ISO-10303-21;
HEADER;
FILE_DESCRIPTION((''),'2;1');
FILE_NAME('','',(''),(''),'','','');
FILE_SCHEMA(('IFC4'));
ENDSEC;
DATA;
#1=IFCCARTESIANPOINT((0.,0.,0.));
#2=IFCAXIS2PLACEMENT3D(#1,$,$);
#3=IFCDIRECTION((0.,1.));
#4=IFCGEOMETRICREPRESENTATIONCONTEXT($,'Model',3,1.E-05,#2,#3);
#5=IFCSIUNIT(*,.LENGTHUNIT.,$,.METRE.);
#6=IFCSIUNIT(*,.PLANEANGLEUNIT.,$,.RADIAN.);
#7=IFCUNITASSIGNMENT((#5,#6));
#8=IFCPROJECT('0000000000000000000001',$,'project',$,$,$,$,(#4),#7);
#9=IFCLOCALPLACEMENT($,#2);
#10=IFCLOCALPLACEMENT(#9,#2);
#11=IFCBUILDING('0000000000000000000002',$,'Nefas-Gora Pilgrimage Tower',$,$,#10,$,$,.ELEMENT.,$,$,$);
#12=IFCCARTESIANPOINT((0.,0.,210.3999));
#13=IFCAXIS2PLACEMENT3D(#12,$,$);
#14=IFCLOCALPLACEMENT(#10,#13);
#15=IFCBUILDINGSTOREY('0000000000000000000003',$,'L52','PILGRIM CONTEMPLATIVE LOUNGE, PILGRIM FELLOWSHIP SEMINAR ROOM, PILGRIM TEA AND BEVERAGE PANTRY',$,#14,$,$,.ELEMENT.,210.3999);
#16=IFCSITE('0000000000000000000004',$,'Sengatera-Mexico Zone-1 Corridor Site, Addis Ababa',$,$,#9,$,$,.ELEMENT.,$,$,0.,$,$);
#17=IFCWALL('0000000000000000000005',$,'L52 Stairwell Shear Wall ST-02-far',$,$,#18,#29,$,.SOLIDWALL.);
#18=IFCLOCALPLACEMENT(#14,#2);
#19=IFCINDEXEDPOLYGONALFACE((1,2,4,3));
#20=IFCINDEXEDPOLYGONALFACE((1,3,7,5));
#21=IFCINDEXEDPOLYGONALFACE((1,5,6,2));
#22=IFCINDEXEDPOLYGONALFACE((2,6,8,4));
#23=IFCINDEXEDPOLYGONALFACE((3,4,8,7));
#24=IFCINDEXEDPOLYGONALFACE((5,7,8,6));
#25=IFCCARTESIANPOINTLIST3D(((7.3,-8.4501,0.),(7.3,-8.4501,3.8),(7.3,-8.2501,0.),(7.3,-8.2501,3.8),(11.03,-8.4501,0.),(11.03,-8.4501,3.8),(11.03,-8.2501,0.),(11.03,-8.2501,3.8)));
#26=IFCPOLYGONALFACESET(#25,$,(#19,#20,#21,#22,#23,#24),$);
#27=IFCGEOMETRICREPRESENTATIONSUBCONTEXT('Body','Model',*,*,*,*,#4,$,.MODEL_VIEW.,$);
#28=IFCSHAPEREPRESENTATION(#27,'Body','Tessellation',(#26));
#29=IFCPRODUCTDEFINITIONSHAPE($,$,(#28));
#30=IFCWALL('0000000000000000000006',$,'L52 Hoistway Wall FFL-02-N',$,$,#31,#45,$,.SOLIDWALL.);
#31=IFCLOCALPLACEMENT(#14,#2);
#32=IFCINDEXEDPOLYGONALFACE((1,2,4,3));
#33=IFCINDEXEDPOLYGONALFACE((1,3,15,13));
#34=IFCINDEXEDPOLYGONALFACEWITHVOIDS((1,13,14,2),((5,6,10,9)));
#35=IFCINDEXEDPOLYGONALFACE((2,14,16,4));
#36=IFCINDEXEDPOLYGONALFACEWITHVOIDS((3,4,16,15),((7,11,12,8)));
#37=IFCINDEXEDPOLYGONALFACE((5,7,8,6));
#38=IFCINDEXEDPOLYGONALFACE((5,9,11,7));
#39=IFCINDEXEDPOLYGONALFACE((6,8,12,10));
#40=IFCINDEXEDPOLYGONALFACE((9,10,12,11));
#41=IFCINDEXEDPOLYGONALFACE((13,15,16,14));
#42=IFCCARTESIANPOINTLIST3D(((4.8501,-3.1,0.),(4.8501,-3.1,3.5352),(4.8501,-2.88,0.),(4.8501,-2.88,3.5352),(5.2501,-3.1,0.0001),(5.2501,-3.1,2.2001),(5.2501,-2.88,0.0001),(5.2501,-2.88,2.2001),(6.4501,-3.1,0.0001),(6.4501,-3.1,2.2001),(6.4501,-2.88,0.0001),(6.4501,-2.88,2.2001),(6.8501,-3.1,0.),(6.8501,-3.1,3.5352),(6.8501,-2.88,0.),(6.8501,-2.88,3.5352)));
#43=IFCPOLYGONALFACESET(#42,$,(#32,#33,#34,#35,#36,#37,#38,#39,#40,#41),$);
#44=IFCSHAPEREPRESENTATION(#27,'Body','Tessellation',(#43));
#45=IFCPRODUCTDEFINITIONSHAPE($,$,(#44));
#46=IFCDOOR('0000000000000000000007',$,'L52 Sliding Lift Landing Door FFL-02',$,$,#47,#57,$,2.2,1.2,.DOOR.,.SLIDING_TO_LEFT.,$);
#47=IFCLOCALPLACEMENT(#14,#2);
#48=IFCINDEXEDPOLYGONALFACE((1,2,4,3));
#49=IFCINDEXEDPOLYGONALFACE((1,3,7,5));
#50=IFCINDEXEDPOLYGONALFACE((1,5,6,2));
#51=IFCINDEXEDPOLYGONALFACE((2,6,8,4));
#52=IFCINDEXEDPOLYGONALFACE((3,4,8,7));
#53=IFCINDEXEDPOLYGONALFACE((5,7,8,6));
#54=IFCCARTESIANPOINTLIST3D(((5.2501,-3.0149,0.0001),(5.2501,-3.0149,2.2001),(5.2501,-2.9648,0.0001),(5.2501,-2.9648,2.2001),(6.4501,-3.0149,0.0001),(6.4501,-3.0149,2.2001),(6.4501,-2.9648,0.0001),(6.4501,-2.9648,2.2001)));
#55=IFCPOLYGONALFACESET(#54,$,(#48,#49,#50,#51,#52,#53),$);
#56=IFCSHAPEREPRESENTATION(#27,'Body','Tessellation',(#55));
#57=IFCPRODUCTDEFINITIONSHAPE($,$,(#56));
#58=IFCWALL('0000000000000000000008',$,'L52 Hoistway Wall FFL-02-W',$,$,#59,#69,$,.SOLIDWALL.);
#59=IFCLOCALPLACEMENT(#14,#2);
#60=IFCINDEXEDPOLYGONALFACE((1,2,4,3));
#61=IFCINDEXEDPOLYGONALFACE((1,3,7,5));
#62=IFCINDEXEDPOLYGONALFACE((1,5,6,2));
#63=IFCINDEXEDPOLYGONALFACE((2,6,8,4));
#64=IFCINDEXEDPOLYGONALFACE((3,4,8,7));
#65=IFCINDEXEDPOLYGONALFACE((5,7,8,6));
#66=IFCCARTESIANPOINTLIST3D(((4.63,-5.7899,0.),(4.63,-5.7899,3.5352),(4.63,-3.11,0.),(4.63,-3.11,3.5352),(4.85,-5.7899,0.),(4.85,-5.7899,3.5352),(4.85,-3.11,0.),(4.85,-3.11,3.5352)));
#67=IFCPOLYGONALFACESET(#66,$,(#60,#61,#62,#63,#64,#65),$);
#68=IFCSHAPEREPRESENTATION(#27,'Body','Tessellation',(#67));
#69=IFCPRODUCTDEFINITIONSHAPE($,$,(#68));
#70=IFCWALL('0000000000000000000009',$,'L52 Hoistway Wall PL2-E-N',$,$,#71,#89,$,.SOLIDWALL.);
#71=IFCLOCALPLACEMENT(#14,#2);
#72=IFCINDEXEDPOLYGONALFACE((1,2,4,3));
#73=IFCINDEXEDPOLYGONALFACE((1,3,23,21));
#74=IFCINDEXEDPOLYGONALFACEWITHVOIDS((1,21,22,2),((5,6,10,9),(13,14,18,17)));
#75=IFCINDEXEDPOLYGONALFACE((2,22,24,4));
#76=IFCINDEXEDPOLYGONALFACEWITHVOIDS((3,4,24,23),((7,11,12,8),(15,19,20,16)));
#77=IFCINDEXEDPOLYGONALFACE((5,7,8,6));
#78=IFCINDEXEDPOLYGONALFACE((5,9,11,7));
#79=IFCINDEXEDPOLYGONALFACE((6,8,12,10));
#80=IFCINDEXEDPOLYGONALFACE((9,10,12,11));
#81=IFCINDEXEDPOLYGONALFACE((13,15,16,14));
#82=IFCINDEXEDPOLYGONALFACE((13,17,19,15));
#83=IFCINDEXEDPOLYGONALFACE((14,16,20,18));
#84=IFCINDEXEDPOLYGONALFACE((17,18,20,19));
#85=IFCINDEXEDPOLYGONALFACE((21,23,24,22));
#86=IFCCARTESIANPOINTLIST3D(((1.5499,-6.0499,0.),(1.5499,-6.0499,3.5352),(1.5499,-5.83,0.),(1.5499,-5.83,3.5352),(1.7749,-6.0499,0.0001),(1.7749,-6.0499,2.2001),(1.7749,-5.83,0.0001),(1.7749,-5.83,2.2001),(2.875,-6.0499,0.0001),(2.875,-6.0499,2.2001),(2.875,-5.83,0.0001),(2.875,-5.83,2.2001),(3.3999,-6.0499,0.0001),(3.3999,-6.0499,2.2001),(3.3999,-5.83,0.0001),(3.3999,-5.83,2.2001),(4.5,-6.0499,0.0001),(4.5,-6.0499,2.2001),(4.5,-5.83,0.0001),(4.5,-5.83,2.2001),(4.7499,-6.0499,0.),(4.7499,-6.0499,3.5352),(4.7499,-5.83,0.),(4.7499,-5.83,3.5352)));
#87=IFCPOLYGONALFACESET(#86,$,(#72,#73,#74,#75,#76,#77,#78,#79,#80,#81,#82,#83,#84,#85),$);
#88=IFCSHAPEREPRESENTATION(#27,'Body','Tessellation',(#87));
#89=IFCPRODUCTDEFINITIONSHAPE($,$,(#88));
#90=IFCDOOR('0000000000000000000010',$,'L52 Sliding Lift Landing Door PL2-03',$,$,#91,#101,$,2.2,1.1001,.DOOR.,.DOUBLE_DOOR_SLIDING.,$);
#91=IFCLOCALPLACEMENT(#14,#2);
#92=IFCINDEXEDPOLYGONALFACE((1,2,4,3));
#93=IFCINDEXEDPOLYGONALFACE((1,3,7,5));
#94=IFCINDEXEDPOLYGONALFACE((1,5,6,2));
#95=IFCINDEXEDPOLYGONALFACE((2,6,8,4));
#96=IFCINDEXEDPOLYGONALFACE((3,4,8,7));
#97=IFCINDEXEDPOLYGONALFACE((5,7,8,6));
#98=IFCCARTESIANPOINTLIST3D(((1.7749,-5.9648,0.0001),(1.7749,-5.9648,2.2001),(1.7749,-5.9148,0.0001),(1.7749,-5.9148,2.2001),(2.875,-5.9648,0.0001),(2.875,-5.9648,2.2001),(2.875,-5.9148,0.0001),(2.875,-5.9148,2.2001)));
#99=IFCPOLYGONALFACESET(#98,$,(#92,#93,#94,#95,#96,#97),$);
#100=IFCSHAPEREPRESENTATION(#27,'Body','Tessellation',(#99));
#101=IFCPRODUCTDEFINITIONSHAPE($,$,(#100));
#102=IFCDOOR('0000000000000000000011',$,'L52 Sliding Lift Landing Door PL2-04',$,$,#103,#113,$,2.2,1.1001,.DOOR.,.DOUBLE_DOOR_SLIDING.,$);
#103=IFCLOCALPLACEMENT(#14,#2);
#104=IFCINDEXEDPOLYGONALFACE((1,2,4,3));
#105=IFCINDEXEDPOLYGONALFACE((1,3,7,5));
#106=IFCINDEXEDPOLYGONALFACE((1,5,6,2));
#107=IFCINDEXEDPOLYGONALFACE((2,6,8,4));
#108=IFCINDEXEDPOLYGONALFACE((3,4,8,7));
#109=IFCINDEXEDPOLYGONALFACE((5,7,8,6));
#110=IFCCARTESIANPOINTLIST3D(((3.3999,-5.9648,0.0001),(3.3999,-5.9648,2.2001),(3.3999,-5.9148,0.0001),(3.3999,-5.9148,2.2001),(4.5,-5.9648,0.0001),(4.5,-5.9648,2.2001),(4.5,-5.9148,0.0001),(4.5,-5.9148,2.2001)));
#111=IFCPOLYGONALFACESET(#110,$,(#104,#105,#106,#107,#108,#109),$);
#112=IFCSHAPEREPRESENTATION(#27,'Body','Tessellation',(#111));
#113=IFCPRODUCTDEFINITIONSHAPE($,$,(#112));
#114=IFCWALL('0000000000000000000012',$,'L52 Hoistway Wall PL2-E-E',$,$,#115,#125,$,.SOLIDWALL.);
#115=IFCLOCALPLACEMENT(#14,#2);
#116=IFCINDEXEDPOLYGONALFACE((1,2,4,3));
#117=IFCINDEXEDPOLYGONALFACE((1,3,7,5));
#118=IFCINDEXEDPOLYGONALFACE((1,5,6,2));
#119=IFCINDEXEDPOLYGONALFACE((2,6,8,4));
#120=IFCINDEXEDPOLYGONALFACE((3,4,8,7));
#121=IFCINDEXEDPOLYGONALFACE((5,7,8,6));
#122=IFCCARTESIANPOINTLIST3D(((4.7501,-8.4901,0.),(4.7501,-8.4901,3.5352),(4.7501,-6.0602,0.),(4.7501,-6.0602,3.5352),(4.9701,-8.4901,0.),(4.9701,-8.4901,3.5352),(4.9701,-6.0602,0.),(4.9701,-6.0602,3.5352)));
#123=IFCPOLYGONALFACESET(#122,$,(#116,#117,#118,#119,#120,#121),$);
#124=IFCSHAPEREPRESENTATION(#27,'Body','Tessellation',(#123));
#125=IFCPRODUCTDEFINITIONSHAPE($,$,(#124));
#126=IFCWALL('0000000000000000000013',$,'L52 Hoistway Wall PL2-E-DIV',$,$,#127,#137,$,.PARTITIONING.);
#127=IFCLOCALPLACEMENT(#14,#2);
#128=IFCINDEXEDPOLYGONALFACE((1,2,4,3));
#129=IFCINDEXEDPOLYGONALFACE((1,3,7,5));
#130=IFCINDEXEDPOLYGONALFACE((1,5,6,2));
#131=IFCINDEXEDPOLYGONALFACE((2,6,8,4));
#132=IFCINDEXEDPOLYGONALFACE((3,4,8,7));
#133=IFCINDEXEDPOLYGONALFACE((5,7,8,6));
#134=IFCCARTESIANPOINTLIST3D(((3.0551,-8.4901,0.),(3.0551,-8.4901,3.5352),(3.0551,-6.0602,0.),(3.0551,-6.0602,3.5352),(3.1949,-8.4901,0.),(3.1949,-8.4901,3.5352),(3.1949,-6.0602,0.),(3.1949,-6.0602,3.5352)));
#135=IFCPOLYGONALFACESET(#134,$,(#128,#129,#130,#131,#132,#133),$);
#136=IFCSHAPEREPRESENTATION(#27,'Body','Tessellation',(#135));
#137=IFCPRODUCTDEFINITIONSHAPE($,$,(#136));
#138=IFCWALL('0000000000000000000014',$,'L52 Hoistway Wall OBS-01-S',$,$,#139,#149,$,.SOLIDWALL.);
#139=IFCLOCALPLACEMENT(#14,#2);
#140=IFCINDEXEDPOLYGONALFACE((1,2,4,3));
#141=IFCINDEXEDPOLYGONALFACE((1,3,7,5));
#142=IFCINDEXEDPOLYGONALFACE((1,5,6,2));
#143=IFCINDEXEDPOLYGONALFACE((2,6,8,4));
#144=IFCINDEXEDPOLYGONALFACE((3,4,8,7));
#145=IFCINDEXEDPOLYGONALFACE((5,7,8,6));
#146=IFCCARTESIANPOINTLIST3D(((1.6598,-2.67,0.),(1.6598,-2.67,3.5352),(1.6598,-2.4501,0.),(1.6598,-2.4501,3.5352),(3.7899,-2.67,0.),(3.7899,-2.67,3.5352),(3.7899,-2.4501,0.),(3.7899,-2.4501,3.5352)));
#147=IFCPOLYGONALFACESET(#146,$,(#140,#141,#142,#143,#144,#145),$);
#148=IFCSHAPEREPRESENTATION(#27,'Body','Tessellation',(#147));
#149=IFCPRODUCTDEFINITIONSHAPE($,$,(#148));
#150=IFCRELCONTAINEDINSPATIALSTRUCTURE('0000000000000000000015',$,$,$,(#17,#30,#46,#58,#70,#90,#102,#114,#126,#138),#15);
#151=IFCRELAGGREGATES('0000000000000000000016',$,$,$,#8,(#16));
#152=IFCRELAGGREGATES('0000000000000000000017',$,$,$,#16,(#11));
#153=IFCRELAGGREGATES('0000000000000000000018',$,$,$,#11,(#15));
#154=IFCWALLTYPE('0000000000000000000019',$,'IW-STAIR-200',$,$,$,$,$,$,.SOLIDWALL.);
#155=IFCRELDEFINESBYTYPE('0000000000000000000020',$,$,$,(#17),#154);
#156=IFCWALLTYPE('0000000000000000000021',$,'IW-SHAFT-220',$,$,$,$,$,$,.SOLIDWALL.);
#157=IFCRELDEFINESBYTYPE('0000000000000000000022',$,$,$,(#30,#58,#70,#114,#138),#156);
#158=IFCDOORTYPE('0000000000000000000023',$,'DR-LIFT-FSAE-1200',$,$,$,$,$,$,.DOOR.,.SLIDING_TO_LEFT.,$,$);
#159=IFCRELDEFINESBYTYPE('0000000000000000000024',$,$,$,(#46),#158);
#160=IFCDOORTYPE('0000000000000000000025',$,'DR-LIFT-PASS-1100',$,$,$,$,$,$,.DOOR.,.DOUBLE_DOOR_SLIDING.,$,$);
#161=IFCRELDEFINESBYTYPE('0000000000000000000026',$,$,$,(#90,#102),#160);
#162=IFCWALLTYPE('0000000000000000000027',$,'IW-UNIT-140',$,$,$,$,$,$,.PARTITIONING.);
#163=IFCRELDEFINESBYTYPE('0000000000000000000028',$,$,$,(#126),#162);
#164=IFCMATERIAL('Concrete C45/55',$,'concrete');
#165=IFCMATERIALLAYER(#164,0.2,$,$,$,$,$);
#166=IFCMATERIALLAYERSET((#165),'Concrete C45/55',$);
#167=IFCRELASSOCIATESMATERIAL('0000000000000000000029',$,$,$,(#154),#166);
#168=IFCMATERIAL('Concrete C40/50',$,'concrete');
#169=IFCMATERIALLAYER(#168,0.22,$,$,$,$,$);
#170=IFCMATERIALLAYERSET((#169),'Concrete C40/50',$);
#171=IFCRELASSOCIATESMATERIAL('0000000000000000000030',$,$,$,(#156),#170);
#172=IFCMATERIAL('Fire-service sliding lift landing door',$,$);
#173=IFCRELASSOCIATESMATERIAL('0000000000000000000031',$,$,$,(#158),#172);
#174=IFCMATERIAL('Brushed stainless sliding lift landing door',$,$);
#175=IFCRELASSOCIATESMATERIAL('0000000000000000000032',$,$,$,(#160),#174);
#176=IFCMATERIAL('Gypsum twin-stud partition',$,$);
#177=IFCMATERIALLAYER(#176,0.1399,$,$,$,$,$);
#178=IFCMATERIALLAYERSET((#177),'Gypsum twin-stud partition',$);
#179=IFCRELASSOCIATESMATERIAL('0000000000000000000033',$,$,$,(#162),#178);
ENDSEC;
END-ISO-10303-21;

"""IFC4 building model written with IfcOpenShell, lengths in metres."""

from ifc_helpers import new_model, si_unit, direction, frame, frame_2d, origin, place, context, subcontext, project, spatial, rectangle, extrude, source, transform, mapped, material, layer, layer_set, type_object, element, fill, save


model = new_model("IFC4")

# Units and contexts
model_context = context("Model", 3, precision=1e-05, world=origin(), true_north=direction((0.0, 1.0)))
body_context = subcontext(model_context, "Body", "Model", "MODEL_VIEW")
ifc_project = project(units=[si_unit("LENGTHUNIT", "METRE"), si_unit("PLANEANGLEUNIT", "RADIAN")], contexts=[model_context])

# Site, building, storey
site_placement = place(None, origin())
site = spatial("IfcSite", under=ifc_project, at=site_placement, Name="Sengatera-Mexico Zone-1 Corridor Site, Addis Ababa", CompositionType="ELEMENT", RefElevation=0.0)
building_placement = place(site_placement, origin())
building = spatial("IfcBuilding", under=site, at=building_placement, Name="Nefas-Gora Pilgrimage Tower", CompositionType="ELEMENT")
storey_placement = place(building_placement, frame((0.0, 0.0, 210.3999)))
storey = spatial("IfcBuildingStorey", under=building, at=storey_placement, Name="L52", Description="PILGRIM CONTEMPLATIVE LOUNGE, PILGRIM FELLOWSHIP SEMINAR ROOM, PILGRIM TEA AND BEVERAGE PANTRY", CompositionType="ELEMENT", Elevation=210.3999)

# Shared definitions
ifc_material_1 = material(Name="Concrete C40/50", Category="concrete")

# Shared definitions
ifc_material_2 = material(Name="Concrete C45/55", Category="concrete")

# Shared definitions
ifc_layer_1 = layer(ifc_material_2, 0.2)
ifc_layer_set_1 = layer_set([ifc_layer_1], Name="Concrete C45/55")
wall_type_1 = type_object("IfcWallType", Name="IW-STAIR-200", PredefinedType="SOLIDWALL", material=ifc_layer_set_1)

# Wall
shared_shape_1 = source(origin(), body_context, "Body", "SweptSolid", [
    extrude(rectangle(XDim=3.73, YDim=0.2, at=frame_2d((1.865, 0.0))), origin(), (0.0, 0.0, 1.0), 3.8),
])
wall_1_placement = place(storey_placement, frame((7.3, -8.3501, 0.0), z_axis=(0.0, 0.0, 1.0), x_axis=(1.0, 0.0, 0.0)))
element("IfcWall", 1, at=wall_1_placement, inside=storey, type_object=wall_type_1, Name="L52 Stairwell Shear Wall ST-02-far", PredefinedType="SOLIDWALL", context=body_context, shape_type="MappedRepresentation", body=[
    mapped(shared_shape_1, transform((0.0, 0.0, 0.0), x_axis=(1.0, 0.0, 0.0), y_axis=(0.0, 1.0, 0.0), z_axis=(0.0, 0.0, 1.0), scale=1.0)),
])

# Wall, opening, door
ifc_layer_2 = layer(ifc_material_1, 0.22)
ifc_layer_set_2 = layer_set([ifc_layer_2], Name="Concrete C40/50")
wall_type_2 = type_object("IfcWallType", Name="IW-SHAFT-220", PredefinedType="SOLIDWALL", material=ifc_layer_set_2)
shared_shape_2 = source(origin(), body_context, "Body", "SweptSolid", [
    extrude(rectangle(XDim=2.0, YDim=0.22, at=frame_2d((1.0, 0.0))), origin(), (0.0, 0.0, 1.0), 3.5352),
])
wall_2_placement = place(storey_placement, frame((6.8501, -2.99, 0.0), z_axis=(0.0, 0.0, 1.0), x_axis=(-1.0, 0.0, 0.0)))
wall_2 = element("IfcWall", 2, at=wall_2_placement, inside=storey, type_object=wall_type_2, Name="L52 Hoistway Wall FFL-02-N", PredefinedType="SOLIDWALL", context=body_context, shape_type="MappedRepresentation", body=[
    mapped(shared_shape_2, transform((0.0, 0.0, 0.0), x_axis=(1.0, 0.0, 0.0), y_axis=(0.0, 1.0, 0.0), z_axis=(0.0, 0.0, 1.0), scale=1.0)),
])
opening_1_placement = place(wall_2_placement, frame((0.3999, 0.0, 0.0)))
opening_1 = element("IfcOpeningElement", 3, at=opening_1_placement, cuts=wall_2, PredefinedType="OPENING", context=body_context, shape_type="SweptSolid", body=[
    extrude(rectangle(XDim=1.2, YDim=2.2, at=frame_2d((0.6001, 1.1001))), frame((0.0, 0.1199, 0.0), z_axis=(0.0, -1.0, 0.0), x_axis=(1.0, 0.0, 0.0)), (0.0, 0.0, 1.0), 0.24),
])
ifc_material_3 = material(Name="Fire-service sliding lift landing door")
door_type_1 = type_object("IfcDoorType", Name="DR-LIFT-FSAE-1200", OperationType="SLIDING_TO_LEFT", PredefinedType="DOOR", material=ifc_material_3)
shared_shape_3 = source(origin(), body_context, "Body", "SweptSolid", [
    extrude(rectangle(XDim=1.2, YDim=2.2, at=frame_2d((0.6001, 1.1001))), frame((0.0, 0.0249, 0.0), z_axis=(0.0, -1.0, 0.0), x_axis=(1.0, 0.0, 0.0)), (0.0, 0.0, 1.0), 0.05),
])
door_1_placement = place(opening_1_placement, origin())
door_1 = element("IfcDoor", 4, at=door_1_placement, inside=storey, type_object=door_type_1, Name="L52 Sliding Lift Landing Door FFL-02", OperationType="SLIDING_TO_LEFT", OverallHeight=2.2, OverallWidth=1.2, PredefinedType="DOOR", context=body_context, shape_type="MappedRepresentation", body=[
    mapped(shared_shape_3, transform((0.0, 0.0, 0.0), x_axis=(1.0, 0.0, 0.0), y_axis=(0.0, 1.0, 0.0), z_axis=(0.0, 0.0, 1.0), scale=1.0)),
])
fill(opening_1, door_1)

# Wall
shared_shape_4 = source(origin(), body_context, "Body", "SweptSolid", [
    extrude(rectangle(XDim=2.6799, YDim=0.22, at=frame_2d((1.3398, 0.0))), origin(), (0.0, 0.0, 1.0), 3.5352),
])
wall_3_placement = place(storey_placement, frame((4.74, -3.1101, 0.0), z_axis=(0.0, 0.0, 1.0), x_axis=(0.0, -1.0, 0.0)))
element("IfcWall", 5, at=wall_3_placement, inside=storey, type_object=wall_type_2, Name="L52 Hoistway Wall FFL-02-W", PredefinedType="SOLIDWALL", context=body_context, shape_type="MappedRepresentation", body=[
    mapped(shared_shape_4, transform((0.0, 0.0, 0.0), x_axis=(1.0, 0.0, 0.0), y_axis=(0.0, 1.0, 0.0), z_axis=(0.0, 0.0, 1.0), scale=1.0)),
])

# Wall, openings, doors
shared_shape_5 = source(origin(), body_context, "Body", "SweptSolid", [
    extrude(rectangle(XDim=3.2, YDim=0.22, at=frame_2d((1.6001, 0.0))), origin(), (0.0, 0.0, 1.0), 3.5352),
])
wall_4_placement = place(storey_placement, frame((4.75, -5.9399, 0.0), z_axis=(0.0, 0.0, 1.0), x_axis=(-1.0, 0.0, 0.0)))
wall_4 = element("IfcWall", 6, at=wall_4_placement, inside=storey, type_object=wall_type_2, Name="L52 Hoistway Wall PL2-E-N", PredefinedType="SOLIDWALL", context=body_context, shape_type="MappedRepresentation", body=[
    mapped(shared_shape_5, transform((0.0, 0.0, 0.0), x_axis=(1.0, 0.0, 0.0), y_axis=(0.0, 1.0, 0.0), z_axis=(0.0, 0.0, 1.0), scale=1.0)),
])
opening_2_placement = place(wall_4_placement, frame((1.875, 0.0, 0.0)))
opening_2 = element("IfcOpeningElement", 7, at=opening_2_placement, cuts=wall_4, PredefinedType="OPENING", context=body_context, shape_type="SweptSolid", body=[
    extrude(rectangle(XDim=1.1001, YDim=2.2, at=frame_2d((0.55, 1.1001))), frame((0.0, 0.1199, 0.0), z_axis=(0.0, -1.0, 0.0), x_axis=(1.0, 0.0, 0.0)), (0.0, 0.0, 1.0), 0.24),
])
opening_3_placement = place(wall_4_placement, frame((0.25, 0.0, 0.0)))
opening_3 = element("IfcOpeningElement", 8, at=opening_3_placement, cuts=wall_4, PredefinedType="OPENING", context=body_context, shape_type="SweptSolid", body=[
    extrude(rectangle(XDim=1.1001, YDim=2.2, at=frame_2d((0.55, 1.1001))), frame((0.0, 0.1199, 0.0), z_axis=(0.0, -1.0, 0.0), x_axis=(1.0, 0.0, 0.0)), (0.0, 0.0, 1.0), 0.24),
])
ifc_material_4 = material(Name="Brushed stainless sliding lift landing door")
door_type_2 = type_object("IfcDoorType", Name="DR-LIFT-PASS-1100", OperationType="DOUBLE_DOOR_SLIDING", PredefinedType="DOOR", material=ifc_material_4)
shared_shape_6 = source(origin(), body_context, "Body", "SweptSolid", [
    extrude(rectangle(XDim=1.1001, YDim=2.2, at=frame_2d((0.55, 1.1001))), frame((0.0, 0.0249, 0.0), z_axis=(0.0, -1.0, 0.0), x_axis=(1.0, 0.0, 0.0)), (0.0, 0.0, 1.0), 0.05),
])
door_2_placement = place(opening_2_placement, origin())
door_2 = element("IfcDoor", 9, at=door_2_placement, inside=storey, type_object=door_type_2, Name="L52 Sliding Lift Landing Door PL2-03", OperationType="DOUBLE_DOOR_SLIDING", OverallHeight=2.2, OverallWidth=1.1001, PredefinedType="DOOR", context=body_context, shape_type="MappedRepresentation", body=[
    mapped(shared_shape_6, transform((0.0, 0.0, 0.0), x_axis=(1.0, 0.0, 0.0), y_axis=(0.0, 1.0, 0.0), z_axis=(0.0, 0.0, 1.0), scale=1.0)),
])
fill(opening_2, door_2)
door_3_placement = place(opening_3_placement, origin())
door_3 = element("IfcDoor", 10, at=door_3_placement, inside=storey, type_object=door_type_2, Name="L52 Sliding Lift Landing Door PL2-04", OperationType="DOUBLE_DOOR_SLIDING", OverallHeight=2.2, OverallWidth=1.1001, PredefinedType="DOOR", context=body_context, shape_type="MappedRepresentation", body=[
    mapped(shared_shape_6, transform((0.0, 0.0, 0.0), x_axis=(1.0, 0.0, 0.0), y_axis=(0.0, 1.0, 0.0), z_axis=(0.0, 0.0, 1.0), scale=1.0)),
])
fill(opening_3, door_3)

# Walls
shared_shape_7 = source(origin(), body_context, "Body", "SweptSolid", [
    extrude(rectangle(XDim=2.4299, YDim=0.22, at=frame_2d((1.2148, 0.0))), origin(), (0.0, 0.0, 1.0), 3.5352),
])
for number, where, z_axis, x_axis, name in (
    (11, (4.8601, -8.49, 0.0), (0.0, 0.0, 1.0), (0.0, 1.0, 0.0), "L52 Hoistway Wall PL2-E-E"),
):
    element("IfcWall", number, at=place(storey_placement, frame(where, z_axis=z_axis, x_axis=x_axis)), inside=storey, type_object=wall_type_2, Name=name, PredefinedType="SOLIDWALL", context=body_context, shape_type="MappedRepresentation", body=[
        mapped(shared_shape_7, transform((0.0, 0.0, 0.0), x_axis=(1.0, 0.0, 0.0), y_axis=(0.0, 1.0, 0.0), z_axis=(0.0, 0.0, 1.0), scale=1.0)),
    ])
ifc_material_5 = material(Name="Gypsum twin-stud partition")
ifc_layer_3 = layer(ifc_material_5, 0.1399)
ifc_layer_set_3 = layer_set([ifc_layer_3], Name="Gypsum twin-stud partition")
wall_type_3 = type_object("IfcWallType", Name="IW-UNIT-140", PredefinedType="PARTITIONING", material=ifc_layer_set_3)
shared_shape_8 = source(origin(), body_context, "Body", "SweptSolid", [
    extrude(rectangle(XDim=2.4299, YDim=0.1399, at=frame_2d((1.2148, 0.0))), origin(), (0.0, 0.0, 1.0), 3.5352),
])
wall_5_placement = place(storey_placement, frame((3.125, -8.49, 0.0), z_axis=(0.0, 0.0, 1.0), x_axis=(0.0, 1.0, 0.0)))
element("IfcWall", 12, at=wall_5_placement, inside=storey, type_object=wall_type_3, Name="L52 Hoistway Wall PL2-E-DIV", PredefinedType="PARTITIONING", context=body_context, shape_type="MappedRepresentation", body=[
    mapped(shared_shape_8, transform((0.0, 0.0, 0.0), x_axis=(1.0, 0.0, 0.0), y_axis=(0.0, 1.0, 0.0), z_axis=(0.0, 0.0, 1.0), scale=1.0)),
])
shared_shape_9 = source(origin(), body_context, "Body", "SweptSolid", [
    extrude(rectangle(XDim=2.1301, YDim=0.22, at=frame_2d((1.0649, 0.0))), origin(), (0.0, 0.0, 1.0), 3.5352),
])
wall_6_placement = place(storey_placement, frame((1.6599, -2.5601, 0.0), z_axis=(0.0, 0.0, 1.0), x_axis=(1.0, 0.0, 0.0)))
element("IfcWall", 13, at=wall_6_placement, inside=storey, type_object=wall_type_2, Name="L52 Hoistway Wall OBS-01-S", PredefinedType="SOLIDWALL", context=body_context, shape_type="MappedRepresentation", body=[
    mapped(shared_shape_9, transform((0.0, 0.0, 0.0), x_axis=(1.0, 0.0, 0.0), y_axis=(0.0, 1.0, 0.0), z_axis=(0.0, 0.0, 1.0), scale=1.0)),
])

save(model, "model.ifc")
